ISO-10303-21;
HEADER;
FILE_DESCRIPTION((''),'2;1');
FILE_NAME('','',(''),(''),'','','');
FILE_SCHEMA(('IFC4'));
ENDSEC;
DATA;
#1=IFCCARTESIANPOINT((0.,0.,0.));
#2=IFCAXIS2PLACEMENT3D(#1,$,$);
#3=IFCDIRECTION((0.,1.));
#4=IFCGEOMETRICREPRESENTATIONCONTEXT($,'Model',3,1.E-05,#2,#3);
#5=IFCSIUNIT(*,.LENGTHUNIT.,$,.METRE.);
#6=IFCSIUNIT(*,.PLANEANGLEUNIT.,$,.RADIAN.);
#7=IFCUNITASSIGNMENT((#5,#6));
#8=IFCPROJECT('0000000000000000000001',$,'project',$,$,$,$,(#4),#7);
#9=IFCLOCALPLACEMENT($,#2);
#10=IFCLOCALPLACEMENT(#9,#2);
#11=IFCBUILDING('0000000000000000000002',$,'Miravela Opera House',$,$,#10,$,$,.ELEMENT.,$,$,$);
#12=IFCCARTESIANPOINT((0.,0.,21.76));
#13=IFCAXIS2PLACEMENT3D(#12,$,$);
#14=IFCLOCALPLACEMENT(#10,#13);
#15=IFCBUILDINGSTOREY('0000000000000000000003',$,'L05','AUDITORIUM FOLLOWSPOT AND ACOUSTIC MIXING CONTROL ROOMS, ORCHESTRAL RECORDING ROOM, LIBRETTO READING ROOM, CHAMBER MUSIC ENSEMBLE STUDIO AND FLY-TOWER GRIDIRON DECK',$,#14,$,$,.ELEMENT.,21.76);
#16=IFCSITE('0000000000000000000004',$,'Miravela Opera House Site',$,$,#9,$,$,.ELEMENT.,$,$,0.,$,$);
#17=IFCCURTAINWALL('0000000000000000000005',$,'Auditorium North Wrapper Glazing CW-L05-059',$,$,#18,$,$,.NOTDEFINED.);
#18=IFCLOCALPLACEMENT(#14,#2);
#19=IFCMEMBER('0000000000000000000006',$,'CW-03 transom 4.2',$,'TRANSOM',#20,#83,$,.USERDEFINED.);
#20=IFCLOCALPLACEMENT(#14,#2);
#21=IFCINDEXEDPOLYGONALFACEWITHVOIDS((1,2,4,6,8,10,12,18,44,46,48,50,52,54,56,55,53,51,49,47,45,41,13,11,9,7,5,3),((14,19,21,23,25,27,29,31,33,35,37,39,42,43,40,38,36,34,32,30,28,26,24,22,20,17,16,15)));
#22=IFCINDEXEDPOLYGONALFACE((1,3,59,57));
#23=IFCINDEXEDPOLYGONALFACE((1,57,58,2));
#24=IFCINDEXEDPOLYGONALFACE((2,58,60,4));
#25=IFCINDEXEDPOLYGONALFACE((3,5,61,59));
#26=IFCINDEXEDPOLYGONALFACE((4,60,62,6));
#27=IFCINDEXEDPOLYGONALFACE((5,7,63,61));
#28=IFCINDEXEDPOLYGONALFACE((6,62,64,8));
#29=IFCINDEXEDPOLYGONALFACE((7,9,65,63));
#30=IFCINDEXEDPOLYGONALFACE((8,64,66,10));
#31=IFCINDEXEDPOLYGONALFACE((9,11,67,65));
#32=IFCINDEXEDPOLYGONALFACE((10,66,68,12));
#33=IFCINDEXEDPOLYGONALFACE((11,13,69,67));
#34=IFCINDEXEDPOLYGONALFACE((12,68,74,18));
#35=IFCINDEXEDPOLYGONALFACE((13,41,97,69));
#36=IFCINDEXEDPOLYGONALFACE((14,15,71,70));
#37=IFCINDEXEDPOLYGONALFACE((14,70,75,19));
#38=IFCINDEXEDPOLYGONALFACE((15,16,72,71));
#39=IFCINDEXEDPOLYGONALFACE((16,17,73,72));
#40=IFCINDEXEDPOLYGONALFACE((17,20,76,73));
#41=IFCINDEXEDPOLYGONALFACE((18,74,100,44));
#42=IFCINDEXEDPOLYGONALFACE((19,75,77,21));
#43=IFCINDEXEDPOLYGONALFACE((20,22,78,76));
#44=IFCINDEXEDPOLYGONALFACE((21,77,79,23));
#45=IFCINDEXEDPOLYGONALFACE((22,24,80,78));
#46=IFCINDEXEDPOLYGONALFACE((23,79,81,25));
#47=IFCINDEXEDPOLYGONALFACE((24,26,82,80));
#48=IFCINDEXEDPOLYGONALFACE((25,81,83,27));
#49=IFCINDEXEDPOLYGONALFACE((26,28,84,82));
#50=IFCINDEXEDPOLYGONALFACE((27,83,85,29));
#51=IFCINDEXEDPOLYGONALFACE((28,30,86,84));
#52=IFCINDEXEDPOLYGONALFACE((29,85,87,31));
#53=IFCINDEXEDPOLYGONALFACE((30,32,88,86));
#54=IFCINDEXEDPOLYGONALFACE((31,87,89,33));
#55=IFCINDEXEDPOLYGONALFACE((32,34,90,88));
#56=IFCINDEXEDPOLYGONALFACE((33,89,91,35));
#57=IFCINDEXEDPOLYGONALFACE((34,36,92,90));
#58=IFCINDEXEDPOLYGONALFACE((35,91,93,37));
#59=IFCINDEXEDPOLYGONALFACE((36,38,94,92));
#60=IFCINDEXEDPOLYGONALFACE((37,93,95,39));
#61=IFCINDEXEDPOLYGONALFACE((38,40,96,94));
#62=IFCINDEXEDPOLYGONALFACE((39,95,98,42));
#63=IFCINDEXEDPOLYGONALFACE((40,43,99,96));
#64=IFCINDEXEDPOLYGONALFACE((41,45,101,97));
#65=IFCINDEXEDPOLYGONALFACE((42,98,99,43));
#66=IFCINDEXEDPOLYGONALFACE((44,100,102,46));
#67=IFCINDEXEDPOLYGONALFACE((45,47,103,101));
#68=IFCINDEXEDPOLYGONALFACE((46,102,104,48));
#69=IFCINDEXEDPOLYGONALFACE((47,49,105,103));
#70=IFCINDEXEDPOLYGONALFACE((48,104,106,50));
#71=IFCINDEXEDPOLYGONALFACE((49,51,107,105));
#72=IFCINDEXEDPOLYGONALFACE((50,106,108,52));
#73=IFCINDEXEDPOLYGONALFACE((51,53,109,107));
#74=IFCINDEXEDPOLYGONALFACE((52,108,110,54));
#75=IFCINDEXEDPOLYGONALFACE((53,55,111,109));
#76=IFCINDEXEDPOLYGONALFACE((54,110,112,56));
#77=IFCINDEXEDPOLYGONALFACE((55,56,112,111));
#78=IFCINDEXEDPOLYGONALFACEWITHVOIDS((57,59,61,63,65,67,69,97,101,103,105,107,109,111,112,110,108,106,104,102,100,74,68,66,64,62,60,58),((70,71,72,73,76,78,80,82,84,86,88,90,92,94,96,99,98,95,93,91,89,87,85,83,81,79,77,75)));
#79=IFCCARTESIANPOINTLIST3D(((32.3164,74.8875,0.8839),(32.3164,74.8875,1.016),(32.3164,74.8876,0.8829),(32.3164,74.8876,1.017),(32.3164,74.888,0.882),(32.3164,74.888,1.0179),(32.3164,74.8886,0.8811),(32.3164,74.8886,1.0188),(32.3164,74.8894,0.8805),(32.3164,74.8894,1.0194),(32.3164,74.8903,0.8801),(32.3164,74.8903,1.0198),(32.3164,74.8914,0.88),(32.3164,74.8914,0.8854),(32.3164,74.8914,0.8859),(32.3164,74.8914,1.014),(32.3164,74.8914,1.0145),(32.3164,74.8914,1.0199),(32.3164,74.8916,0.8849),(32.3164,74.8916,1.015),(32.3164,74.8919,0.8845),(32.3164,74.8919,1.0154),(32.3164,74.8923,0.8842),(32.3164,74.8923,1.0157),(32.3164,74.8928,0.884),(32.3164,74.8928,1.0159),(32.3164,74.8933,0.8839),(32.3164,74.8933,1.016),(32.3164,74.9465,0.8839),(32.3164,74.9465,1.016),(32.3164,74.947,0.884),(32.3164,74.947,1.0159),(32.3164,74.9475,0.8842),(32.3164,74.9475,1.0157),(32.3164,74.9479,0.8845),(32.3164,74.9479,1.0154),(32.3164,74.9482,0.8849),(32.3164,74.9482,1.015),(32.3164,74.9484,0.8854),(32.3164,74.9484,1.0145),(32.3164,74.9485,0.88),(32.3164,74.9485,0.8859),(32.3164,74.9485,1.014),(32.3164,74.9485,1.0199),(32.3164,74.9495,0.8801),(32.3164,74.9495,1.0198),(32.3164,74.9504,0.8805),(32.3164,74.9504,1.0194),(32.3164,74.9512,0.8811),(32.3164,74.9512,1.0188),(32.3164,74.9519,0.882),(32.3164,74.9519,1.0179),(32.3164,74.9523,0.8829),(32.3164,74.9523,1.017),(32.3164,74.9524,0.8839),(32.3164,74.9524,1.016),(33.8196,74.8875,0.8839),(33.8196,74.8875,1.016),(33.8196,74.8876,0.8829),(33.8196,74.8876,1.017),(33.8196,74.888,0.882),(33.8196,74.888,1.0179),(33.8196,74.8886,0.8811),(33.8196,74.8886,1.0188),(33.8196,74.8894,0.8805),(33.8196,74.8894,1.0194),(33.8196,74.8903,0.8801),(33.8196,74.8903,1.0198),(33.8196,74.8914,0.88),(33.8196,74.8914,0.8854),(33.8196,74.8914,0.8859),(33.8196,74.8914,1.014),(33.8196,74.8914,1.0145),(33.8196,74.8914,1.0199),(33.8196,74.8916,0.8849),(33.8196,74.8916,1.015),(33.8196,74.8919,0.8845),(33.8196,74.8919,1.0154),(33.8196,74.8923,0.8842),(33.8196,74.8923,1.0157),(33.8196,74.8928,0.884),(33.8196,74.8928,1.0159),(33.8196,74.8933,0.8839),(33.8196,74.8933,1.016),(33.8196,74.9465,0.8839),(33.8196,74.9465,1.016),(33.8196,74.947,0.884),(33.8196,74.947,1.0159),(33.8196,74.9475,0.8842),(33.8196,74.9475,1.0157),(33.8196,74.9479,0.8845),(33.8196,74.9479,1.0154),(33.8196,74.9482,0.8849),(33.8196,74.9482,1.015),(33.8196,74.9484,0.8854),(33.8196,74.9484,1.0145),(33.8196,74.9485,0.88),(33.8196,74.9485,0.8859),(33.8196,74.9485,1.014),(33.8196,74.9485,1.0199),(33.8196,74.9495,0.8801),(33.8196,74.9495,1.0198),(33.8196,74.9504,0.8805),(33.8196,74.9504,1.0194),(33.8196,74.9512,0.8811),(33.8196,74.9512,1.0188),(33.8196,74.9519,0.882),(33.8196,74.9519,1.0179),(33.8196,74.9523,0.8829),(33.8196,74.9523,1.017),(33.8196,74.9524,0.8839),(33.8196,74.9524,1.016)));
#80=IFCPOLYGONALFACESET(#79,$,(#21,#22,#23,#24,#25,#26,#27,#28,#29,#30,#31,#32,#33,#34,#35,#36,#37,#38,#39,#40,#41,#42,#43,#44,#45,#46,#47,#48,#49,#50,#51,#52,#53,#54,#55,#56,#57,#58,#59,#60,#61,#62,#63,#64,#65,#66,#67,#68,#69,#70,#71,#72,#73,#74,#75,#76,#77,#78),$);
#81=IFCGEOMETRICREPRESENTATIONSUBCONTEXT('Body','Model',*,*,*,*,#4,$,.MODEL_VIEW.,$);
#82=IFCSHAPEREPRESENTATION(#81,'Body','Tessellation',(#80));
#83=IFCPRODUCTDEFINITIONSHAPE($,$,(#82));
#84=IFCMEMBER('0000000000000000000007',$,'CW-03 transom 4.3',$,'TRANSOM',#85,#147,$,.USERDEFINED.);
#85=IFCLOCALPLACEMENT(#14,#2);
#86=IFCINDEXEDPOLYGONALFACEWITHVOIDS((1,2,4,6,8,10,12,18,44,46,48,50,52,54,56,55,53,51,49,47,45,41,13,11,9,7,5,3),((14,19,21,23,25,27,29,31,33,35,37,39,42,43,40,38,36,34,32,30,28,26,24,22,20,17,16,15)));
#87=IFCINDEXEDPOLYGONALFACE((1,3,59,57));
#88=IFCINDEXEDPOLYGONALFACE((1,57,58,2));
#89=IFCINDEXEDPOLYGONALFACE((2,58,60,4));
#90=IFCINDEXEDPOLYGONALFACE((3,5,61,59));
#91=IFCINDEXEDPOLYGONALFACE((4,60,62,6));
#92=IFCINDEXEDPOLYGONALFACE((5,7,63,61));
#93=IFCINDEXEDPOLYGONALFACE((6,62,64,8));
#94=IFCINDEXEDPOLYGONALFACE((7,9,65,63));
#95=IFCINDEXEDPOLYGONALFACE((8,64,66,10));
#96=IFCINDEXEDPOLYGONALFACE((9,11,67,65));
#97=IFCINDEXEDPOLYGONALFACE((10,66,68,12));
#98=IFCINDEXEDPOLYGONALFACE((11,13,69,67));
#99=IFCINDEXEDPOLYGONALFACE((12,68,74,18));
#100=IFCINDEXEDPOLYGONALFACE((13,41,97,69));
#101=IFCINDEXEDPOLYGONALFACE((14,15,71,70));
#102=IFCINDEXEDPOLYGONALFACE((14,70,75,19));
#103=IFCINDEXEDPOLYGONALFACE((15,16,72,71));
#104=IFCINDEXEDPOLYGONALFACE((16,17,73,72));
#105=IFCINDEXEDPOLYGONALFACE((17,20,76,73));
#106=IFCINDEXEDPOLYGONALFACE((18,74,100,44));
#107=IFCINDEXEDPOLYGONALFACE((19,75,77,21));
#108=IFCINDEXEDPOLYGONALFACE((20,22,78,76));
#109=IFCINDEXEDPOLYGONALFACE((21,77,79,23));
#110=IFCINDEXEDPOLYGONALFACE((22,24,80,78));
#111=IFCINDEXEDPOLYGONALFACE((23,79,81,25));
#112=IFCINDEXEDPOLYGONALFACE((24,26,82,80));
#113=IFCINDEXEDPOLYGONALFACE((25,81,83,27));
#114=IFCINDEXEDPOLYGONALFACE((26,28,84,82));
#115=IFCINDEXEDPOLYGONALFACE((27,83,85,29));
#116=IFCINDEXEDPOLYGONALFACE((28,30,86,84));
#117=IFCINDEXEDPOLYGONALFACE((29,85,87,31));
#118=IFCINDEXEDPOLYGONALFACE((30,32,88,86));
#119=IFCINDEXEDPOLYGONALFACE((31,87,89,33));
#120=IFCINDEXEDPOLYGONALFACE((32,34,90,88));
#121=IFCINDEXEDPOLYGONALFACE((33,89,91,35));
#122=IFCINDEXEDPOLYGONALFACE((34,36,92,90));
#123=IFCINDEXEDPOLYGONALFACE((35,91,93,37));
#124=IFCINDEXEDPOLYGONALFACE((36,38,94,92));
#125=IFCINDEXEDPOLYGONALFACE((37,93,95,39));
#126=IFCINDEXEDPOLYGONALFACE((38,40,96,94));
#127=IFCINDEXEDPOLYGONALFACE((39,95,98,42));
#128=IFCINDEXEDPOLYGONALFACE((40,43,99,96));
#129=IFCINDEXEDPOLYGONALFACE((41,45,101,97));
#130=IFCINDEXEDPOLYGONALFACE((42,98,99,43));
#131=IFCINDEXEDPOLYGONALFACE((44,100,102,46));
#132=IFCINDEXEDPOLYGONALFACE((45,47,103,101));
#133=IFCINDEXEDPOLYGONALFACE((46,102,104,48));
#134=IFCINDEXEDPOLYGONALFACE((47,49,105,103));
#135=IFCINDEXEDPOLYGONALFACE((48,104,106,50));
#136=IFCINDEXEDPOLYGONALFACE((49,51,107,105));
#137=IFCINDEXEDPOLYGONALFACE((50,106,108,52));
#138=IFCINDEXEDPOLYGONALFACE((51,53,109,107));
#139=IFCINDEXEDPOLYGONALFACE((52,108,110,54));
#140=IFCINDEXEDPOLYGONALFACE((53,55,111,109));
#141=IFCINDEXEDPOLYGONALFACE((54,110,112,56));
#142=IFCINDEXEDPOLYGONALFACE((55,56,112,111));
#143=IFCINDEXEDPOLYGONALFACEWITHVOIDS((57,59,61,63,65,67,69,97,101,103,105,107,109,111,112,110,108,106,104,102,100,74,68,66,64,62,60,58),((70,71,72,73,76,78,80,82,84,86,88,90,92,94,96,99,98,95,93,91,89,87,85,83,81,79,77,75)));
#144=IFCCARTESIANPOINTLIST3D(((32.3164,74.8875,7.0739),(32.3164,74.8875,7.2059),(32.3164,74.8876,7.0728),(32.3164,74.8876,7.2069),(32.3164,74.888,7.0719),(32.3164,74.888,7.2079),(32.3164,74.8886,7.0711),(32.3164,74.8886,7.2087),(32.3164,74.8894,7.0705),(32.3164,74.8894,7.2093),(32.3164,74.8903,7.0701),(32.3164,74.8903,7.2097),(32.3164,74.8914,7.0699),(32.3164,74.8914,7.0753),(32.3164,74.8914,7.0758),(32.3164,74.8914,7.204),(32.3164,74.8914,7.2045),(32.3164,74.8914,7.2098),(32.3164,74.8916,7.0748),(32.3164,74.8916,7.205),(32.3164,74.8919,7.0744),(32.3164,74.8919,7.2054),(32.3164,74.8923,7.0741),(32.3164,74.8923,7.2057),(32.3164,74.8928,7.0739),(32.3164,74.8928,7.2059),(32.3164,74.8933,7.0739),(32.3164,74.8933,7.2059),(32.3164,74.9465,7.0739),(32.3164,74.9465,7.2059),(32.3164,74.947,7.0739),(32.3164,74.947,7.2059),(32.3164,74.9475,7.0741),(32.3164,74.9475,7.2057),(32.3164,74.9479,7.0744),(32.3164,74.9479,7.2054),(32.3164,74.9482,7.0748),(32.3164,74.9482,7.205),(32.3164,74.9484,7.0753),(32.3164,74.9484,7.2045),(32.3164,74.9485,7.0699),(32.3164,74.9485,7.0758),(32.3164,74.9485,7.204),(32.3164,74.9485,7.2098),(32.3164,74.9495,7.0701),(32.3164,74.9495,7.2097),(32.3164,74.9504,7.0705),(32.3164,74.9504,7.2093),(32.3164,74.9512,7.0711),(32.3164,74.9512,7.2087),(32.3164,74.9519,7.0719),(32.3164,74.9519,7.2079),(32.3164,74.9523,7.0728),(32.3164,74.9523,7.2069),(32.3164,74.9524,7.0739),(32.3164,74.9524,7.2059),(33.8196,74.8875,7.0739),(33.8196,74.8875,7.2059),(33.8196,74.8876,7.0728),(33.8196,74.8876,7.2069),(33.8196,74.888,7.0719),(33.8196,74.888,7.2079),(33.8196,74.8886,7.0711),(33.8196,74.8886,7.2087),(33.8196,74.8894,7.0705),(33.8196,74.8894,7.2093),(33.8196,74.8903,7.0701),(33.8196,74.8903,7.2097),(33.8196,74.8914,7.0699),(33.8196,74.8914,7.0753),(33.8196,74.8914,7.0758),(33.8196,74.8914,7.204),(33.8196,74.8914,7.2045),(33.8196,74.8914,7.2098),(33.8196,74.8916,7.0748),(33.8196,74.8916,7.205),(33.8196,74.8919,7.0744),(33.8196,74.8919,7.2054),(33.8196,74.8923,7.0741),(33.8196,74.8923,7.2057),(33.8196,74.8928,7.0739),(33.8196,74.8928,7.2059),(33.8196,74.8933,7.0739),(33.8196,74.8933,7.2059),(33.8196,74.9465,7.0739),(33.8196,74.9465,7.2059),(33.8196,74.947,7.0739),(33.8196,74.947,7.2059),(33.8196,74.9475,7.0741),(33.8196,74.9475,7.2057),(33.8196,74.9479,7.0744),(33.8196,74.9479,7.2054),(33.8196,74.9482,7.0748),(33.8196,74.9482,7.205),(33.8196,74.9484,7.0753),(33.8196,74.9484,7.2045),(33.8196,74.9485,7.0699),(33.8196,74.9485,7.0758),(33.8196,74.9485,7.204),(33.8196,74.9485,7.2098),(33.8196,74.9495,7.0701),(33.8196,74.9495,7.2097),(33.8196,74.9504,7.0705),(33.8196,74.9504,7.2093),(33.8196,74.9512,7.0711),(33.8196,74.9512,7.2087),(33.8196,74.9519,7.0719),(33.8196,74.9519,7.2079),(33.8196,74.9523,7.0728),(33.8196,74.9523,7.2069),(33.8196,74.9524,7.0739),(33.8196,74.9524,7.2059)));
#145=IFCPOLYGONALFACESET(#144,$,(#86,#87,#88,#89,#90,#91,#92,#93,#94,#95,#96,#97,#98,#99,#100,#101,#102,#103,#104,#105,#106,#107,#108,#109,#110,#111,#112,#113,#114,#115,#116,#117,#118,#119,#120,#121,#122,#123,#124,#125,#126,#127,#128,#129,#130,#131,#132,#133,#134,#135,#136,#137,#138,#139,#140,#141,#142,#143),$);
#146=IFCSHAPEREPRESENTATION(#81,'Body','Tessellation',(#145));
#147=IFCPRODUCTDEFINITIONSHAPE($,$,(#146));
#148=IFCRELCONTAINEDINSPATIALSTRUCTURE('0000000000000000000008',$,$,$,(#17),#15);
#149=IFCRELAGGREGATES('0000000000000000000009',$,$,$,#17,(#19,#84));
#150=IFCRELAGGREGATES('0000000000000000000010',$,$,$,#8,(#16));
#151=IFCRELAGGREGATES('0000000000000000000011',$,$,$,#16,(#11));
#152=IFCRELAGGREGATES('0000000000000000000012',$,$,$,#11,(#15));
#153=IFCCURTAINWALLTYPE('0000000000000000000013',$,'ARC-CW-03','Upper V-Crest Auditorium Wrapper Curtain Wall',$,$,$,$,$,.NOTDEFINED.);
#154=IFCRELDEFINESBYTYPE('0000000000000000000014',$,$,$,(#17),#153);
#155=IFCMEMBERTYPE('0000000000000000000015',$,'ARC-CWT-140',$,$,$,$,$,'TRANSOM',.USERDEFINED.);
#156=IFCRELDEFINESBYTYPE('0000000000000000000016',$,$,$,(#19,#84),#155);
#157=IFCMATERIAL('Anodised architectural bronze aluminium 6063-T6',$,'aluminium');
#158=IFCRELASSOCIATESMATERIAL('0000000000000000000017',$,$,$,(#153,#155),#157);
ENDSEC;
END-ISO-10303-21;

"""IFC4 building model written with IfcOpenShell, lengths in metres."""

from ifc_helpers import new_model, si_unit, direction, frame, origin, origin_2d, place, context, subcontext, project, spatial, hollow_rectangle, extrude, material, material_profile, profile_set, type_object, element, aggregate, save


model = new_model("IFC4")

# Units and contexts
model_context = context("Model", 3, precision=1e-05, world=origin(), true_north=direction((0.0, 1.0)))
body_context = subcontext(model_context, "Body", "Model", "MODEL_VIEW")
ifc_project = project(units=[si_unit("LENGTHUNIT", "METRE"), si_unit("PLANEANGLEUNIT", "RADIAN")], contexts=[model_context])

# Site, building, storey
site_placement = place(None, origin())
site = spatial("IfcSite", under=ifc_project, at=site_placement, Name="Miravela Opera House Site", CompositionType="ELEMENT", RefElevation=0.0)
building_placement = place(site_placement, origin())
building = spatial("IfcBuilding", under=site, at=building_placement, Name="Miravela Opera House", CompositionType="ELEMENT")
storey_placement = place(building_placement, frame((0.0, 0.0, 21.76)))
storey = spatial("IfcBuildingStorey", under=building, at=storey_placement, Name="L05", Description="AUDITORIUM FOLLOWSPOT AND ACOUSTIC MIXING CONTROL ROOMS, ORCHESTRAL RECORDING ROOM, LIBRETTO READING ROOM, CHAMBER MUSIC ENSEMBLE STUDIO AND FLY-TOWER GRIDIRON DECK", CompositionType="ELEMENT", Elevation=21.76)

# Curtain wall, members
ifc_material_1 = material(Name="Anodised architectural bronze aluminium 6063-T6", Category="aluminium")
curtain_wall_type = type_object("IfcCurtainWallType", Name="ARC-CW-03", Description="Upper V-Crest Auditorium Wrapper Curtain Wall", PredefinedType="NOTDEFINED", material=ifc_material_1)
curtain_wall_placement = place(storey_placement, origin())
curtain_wall = element("IfcCurtainWall", 1, at=curtain_wall_placement, inside=storey, type_object=curtain_wall_type, Name="Auditorium North Wrapper Glazing CW-L05-059", PredefinedType="NOTDEFINED")
ifc_material_profile = material_profile(ifc_material_1, hollow_rectangle(XDim=0.0649, YDim=0.1399, WallThickness=0.0039, InnerFilletRadius=0.002, OuterFilletRadius=0.0039, at=origin_2d()), Name="CWT-65X140")
ifc_profile_set = profile_set([ifc_material_profile])
member_type = type_object("IfcMemberType", Name="ARC-CWT-140", ElementType="TRANSOM", PredefinedType="USERDEFINED", material=ifc_profile_set)
member_1_placement = place(storey_placement, frame((32.3164, 74.9199, 0.95), z_axis=(1.0, 0.0, 0.0), x_axis=(0.0, 1.0, 0.0)))
member_1 = element("IfcMember", 2, at=member_1_placement, type_object=member_type, Name="CW-03 transom 4.2", ObjectType="TRANSOM", PredefinedType="USERDEFINED", context=body_context, shape_type="SweptSolid", body=[
    extrude(hollow_rectangle(XDim=0.0649, YDim=0.1399, WallThickness=0.0039, InnerFilletRadius=0.002, OuterFilletRadius=0.0039, at=origin_2d()), origin(), (0.0, 0.0, 1.0), 1.5032),
])
member_2_placement = place(storey_placement, frame((32.3164, 74.9199, 7.1399), z_axis=(1.0, 0.0, 0.0), x_axis=(0.0, 1.0, 0.0)))
member_2 = element("IfcMember", 3, at=member_2_placement, type_object=member_type, Name="CW-03 transom 4.3", ObjectType="TRANSOM", PredefinedType="USERDEFINED", context=body_context, shape_type="SweptSolid", body=[
    extrude(hollow_rectangle(XDim=0.0649, YDim=0.1399, WallThickness=0.0039, InnerFilletRadius=0.002, OuterFilletRadius=0.0039, at=origin_2d()), origin(), (0.0, 0.0, 1.0), 1.5032),
])
aggregate(curtain_wall, [member_1, member_2])

save(model, "model.ifc")
